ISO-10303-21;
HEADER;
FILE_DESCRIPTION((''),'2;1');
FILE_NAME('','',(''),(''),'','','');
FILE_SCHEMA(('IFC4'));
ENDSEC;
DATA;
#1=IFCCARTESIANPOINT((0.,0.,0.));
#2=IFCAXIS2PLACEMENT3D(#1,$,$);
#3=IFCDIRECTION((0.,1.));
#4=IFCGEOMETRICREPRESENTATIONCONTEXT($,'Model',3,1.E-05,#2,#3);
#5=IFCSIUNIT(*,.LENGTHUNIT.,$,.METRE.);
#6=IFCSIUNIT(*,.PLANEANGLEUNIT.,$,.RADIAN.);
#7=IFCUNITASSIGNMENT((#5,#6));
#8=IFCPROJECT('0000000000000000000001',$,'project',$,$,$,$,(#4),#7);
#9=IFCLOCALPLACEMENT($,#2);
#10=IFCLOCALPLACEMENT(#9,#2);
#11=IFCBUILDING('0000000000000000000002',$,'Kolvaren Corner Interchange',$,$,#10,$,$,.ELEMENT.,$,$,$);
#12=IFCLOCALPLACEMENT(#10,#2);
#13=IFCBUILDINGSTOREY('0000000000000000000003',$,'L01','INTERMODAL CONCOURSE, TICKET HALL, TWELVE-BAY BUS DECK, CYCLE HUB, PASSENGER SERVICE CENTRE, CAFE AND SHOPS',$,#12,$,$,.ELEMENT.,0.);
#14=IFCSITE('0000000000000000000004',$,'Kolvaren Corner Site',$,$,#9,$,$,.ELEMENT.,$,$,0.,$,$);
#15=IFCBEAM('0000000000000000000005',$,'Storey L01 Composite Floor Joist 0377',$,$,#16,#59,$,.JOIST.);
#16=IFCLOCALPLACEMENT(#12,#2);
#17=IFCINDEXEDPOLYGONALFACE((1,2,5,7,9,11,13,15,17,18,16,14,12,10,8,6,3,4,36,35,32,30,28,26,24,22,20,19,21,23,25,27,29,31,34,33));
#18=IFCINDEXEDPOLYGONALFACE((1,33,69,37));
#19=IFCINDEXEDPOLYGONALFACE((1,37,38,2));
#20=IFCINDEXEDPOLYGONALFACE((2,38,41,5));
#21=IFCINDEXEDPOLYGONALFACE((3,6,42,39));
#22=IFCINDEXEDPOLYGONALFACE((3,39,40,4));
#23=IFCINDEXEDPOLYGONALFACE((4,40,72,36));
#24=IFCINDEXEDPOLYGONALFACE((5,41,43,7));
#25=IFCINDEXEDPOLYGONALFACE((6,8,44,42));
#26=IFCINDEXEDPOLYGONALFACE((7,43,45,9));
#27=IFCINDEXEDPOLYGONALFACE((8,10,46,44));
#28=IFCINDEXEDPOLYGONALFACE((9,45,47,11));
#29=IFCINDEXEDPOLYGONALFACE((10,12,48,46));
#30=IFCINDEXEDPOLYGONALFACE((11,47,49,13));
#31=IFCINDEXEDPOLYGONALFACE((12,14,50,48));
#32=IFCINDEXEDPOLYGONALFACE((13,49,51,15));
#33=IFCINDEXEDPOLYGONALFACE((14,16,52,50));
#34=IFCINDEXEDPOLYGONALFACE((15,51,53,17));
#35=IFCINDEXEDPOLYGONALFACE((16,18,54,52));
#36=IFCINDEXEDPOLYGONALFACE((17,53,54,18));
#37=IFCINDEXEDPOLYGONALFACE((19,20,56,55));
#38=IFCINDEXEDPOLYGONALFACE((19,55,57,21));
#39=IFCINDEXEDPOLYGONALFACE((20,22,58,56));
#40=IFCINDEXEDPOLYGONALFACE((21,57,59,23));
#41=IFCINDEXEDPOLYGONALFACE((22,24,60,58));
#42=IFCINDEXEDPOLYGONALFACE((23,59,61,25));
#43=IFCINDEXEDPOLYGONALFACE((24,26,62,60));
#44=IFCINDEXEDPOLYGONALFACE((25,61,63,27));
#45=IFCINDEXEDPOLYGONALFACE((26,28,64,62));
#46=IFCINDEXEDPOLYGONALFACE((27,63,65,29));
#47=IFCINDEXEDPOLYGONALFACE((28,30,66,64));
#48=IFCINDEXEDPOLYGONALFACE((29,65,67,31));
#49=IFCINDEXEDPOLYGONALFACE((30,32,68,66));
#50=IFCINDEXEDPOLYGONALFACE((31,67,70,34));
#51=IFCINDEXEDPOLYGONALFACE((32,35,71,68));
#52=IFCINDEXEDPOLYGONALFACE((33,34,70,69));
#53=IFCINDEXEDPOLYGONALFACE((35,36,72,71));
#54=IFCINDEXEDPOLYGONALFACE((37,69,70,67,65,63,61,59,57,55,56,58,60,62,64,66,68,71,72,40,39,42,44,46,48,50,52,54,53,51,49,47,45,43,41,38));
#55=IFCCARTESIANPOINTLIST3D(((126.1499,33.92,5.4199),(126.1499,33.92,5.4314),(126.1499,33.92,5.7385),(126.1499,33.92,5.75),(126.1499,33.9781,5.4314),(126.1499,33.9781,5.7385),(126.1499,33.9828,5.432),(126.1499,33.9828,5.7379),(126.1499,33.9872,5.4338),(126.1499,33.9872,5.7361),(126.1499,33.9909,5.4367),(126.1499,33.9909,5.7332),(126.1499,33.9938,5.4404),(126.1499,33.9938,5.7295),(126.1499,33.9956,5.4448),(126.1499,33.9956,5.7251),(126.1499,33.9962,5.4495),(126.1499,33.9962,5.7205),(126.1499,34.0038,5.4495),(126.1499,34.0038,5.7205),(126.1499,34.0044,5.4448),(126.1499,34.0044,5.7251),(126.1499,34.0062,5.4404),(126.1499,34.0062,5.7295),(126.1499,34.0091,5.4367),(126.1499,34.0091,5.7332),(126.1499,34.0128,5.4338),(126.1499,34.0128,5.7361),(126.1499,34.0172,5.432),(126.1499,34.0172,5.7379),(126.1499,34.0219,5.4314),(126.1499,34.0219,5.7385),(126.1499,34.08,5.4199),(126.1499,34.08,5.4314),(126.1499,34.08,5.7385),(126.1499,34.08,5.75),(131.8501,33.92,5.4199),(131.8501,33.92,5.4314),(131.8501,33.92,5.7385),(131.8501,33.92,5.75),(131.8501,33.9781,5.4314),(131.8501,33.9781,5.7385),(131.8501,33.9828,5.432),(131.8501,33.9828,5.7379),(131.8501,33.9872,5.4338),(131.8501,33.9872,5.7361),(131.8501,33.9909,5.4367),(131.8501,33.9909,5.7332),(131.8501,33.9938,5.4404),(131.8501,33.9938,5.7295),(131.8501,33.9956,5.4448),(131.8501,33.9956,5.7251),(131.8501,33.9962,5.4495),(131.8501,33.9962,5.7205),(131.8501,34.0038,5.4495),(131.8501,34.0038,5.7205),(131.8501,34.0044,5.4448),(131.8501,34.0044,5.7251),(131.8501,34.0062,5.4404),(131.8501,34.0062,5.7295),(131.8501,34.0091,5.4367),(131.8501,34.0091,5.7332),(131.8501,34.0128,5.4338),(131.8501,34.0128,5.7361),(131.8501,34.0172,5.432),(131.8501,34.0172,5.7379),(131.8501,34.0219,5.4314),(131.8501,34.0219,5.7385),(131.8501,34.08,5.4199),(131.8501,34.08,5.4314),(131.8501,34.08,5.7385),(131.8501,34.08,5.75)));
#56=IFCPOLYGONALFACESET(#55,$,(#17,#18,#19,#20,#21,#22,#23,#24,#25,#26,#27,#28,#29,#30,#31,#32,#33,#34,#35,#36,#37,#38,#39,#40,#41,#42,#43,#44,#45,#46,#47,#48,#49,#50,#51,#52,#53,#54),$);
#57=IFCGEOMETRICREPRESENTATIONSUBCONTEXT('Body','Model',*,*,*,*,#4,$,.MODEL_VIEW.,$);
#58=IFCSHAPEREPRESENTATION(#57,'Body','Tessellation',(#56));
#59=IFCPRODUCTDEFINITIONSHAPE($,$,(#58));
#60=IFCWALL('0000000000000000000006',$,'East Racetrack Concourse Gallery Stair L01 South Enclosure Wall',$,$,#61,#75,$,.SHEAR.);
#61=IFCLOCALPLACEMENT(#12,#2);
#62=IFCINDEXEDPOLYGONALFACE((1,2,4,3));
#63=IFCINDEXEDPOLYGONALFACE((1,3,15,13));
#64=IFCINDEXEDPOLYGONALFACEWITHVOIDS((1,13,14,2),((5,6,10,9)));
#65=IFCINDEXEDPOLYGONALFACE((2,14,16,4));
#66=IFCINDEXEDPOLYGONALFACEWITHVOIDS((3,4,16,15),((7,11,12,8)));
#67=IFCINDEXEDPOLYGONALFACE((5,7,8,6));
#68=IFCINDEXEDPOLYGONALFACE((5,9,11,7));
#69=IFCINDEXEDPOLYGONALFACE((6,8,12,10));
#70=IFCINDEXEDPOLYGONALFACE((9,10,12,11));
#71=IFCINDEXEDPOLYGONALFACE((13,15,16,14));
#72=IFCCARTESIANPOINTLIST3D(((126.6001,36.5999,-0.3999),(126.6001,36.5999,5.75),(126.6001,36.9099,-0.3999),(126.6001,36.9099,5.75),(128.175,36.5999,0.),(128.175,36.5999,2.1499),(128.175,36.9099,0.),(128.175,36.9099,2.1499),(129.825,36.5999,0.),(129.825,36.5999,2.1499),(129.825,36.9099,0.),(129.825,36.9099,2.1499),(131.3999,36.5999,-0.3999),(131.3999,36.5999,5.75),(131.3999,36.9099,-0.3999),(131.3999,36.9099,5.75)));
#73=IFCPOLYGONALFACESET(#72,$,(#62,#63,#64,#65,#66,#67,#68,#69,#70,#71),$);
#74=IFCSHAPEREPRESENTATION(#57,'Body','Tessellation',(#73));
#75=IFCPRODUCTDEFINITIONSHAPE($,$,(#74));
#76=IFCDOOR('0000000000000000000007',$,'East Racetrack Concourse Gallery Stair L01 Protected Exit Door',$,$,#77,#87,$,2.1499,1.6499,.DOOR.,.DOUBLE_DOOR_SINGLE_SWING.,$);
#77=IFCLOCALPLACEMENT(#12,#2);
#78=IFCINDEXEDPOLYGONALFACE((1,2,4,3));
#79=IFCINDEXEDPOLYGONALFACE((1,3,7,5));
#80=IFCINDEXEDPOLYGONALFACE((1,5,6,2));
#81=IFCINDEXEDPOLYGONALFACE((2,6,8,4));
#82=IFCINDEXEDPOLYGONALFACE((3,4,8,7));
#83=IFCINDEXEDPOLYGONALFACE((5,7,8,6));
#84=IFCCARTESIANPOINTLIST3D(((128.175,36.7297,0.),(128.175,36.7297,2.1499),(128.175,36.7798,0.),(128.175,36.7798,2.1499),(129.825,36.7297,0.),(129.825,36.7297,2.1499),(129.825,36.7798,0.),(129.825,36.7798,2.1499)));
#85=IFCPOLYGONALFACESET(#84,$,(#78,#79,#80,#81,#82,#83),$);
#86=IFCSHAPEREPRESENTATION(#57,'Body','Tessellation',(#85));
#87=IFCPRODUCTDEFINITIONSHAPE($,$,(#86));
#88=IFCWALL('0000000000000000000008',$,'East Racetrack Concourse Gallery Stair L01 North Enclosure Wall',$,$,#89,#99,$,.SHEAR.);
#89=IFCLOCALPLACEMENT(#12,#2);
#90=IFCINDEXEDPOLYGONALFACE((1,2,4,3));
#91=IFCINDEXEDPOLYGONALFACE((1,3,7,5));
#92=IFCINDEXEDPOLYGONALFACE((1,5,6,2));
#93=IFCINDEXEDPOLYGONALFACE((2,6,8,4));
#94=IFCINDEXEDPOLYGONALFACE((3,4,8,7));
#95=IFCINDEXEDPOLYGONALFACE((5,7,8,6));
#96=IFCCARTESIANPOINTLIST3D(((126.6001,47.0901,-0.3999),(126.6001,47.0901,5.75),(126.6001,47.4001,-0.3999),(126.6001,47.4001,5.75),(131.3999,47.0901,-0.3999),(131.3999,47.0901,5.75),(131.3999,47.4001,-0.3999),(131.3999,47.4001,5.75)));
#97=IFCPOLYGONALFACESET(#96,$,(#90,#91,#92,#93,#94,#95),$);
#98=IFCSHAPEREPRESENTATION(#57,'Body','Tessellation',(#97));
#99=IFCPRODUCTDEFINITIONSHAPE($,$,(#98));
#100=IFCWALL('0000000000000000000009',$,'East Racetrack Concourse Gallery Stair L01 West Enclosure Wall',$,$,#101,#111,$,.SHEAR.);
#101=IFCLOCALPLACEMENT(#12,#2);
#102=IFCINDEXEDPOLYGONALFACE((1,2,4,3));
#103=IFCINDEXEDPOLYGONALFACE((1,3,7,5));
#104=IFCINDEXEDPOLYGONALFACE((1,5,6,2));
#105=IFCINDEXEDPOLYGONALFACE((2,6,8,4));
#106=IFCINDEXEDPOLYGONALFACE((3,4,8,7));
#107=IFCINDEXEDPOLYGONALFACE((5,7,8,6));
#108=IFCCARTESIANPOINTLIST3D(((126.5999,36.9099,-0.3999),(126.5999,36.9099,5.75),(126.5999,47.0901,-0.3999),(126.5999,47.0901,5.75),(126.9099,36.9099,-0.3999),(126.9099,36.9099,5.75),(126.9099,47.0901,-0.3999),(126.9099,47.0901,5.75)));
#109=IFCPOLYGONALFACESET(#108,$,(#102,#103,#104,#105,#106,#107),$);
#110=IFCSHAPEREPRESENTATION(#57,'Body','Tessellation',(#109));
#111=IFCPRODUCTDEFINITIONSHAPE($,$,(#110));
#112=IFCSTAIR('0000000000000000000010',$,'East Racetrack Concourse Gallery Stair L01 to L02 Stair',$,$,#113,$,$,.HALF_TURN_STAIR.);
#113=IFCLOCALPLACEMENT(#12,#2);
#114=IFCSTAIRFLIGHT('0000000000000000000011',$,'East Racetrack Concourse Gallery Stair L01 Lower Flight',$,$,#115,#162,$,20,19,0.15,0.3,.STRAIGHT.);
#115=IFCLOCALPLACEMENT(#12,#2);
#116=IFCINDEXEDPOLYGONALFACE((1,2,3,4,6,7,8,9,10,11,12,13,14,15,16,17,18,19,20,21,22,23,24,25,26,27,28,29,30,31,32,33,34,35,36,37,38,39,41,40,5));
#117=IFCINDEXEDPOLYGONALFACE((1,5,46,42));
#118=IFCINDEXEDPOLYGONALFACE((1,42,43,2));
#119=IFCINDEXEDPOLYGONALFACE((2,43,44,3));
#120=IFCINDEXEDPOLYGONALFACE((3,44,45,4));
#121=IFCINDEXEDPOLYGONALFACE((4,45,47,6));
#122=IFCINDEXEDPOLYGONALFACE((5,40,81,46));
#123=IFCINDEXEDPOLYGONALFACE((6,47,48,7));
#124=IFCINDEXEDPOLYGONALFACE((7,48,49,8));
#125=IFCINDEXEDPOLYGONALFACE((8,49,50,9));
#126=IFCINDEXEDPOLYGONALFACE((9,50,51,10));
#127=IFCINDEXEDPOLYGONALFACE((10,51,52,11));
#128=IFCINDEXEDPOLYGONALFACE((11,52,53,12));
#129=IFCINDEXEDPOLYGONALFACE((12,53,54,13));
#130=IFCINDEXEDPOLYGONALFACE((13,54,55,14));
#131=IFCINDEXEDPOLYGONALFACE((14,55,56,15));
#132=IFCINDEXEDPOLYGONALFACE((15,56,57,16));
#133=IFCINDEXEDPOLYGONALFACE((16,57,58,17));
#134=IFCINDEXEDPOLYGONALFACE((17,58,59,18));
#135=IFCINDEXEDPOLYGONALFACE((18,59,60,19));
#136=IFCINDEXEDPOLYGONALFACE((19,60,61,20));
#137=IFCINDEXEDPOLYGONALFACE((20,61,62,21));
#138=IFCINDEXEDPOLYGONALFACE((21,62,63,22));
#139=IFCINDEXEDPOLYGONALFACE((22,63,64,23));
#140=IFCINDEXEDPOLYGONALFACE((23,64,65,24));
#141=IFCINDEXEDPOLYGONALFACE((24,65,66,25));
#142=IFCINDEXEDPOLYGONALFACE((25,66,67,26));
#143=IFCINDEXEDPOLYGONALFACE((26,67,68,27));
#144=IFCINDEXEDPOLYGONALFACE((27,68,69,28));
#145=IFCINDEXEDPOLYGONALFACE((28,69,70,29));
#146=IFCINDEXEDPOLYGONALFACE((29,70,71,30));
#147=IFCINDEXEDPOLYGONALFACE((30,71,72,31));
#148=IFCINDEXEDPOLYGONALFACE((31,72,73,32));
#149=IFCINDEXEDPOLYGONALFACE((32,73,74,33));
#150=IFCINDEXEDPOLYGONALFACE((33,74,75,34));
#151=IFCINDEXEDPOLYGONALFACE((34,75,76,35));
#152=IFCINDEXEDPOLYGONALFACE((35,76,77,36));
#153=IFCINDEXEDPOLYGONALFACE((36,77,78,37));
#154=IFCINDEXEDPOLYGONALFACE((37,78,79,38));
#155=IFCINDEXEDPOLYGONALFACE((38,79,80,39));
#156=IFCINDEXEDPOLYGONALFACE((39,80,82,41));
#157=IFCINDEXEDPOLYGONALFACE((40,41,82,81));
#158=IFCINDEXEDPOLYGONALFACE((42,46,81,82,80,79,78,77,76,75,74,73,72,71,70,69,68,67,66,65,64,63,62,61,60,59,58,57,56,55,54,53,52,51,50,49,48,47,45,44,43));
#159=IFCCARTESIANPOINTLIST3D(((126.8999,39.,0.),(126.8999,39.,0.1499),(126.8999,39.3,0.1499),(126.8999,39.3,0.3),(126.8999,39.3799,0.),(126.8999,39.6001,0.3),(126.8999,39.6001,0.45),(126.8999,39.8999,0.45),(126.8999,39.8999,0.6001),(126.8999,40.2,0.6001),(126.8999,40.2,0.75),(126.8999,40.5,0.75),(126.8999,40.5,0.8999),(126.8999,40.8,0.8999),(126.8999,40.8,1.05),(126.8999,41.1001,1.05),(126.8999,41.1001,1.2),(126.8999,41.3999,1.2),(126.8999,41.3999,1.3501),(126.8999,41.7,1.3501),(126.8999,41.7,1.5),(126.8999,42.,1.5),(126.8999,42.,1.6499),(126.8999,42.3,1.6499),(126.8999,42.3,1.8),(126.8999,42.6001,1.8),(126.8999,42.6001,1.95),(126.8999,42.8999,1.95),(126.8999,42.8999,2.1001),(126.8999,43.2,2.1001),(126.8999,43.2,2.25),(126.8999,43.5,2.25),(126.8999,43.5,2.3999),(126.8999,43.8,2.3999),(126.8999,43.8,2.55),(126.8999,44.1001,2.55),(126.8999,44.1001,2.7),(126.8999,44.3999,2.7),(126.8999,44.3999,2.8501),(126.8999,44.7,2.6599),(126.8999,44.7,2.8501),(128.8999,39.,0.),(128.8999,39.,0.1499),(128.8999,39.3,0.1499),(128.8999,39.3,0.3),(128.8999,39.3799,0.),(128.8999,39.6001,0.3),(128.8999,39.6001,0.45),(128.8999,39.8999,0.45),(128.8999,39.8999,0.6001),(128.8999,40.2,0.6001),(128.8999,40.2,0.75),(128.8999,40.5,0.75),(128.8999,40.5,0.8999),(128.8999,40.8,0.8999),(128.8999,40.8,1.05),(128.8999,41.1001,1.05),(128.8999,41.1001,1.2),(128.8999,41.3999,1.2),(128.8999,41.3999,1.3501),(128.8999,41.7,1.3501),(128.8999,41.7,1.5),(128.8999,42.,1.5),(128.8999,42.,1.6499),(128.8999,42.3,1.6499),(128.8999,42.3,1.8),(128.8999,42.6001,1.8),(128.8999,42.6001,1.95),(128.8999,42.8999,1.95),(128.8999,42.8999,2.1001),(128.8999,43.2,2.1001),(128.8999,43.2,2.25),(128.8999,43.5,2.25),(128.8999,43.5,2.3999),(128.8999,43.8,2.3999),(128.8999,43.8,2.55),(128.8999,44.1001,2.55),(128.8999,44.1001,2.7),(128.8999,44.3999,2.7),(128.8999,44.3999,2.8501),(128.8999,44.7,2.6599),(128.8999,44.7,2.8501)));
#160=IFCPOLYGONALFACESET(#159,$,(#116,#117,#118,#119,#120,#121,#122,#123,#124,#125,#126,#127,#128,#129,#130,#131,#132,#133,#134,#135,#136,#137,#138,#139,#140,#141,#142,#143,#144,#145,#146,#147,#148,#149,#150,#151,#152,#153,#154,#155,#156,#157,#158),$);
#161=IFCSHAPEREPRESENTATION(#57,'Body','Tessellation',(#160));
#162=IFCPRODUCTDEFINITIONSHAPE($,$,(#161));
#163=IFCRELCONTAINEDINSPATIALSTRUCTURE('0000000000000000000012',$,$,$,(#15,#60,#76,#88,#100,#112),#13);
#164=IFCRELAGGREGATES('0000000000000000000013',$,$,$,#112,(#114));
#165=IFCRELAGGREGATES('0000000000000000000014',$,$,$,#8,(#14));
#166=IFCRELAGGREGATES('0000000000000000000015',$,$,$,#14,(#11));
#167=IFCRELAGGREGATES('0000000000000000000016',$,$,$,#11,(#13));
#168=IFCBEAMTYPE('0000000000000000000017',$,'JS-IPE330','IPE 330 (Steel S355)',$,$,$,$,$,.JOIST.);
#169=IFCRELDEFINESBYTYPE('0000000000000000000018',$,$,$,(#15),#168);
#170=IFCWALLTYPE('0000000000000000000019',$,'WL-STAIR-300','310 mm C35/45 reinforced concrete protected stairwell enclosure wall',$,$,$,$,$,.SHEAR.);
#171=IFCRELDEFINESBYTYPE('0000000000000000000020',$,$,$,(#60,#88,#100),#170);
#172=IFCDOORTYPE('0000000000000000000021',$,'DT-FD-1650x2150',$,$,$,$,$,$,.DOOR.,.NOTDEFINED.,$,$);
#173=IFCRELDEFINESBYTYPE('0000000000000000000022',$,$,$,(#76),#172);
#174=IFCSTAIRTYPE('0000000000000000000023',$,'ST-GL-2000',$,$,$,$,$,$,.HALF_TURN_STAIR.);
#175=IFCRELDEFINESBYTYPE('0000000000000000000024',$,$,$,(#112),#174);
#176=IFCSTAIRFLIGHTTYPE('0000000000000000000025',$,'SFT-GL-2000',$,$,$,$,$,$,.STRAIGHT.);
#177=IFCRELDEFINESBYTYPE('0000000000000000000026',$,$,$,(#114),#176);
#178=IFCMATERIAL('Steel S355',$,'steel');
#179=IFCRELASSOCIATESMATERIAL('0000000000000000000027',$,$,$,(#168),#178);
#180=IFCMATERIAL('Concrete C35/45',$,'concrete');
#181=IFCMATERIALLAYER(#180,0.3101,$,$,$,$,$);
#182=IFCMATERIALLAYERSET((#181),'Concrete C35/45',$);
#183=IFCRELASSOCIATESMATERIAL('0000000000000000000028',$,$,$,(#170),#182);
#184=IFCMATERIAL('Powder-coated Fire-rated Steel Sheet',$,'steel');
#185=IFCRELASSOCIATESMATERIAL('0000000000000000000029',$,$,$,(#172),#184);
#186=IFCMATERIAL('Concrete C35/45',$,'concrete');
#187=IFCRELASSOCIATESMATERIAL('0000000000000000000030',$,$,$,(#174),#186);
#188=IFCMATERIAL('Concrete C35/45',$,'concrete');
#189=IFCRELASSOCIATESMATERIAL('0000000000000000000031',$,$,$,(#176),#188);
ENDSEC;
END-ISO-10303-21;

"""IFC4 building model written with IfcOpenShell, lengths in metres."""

from ifc_helpers import new_model, si_unit, direction, frame, frame_2d, origin, origin_2d, place, context, subcontext, project, spatial, polyline, rectangle, i_section, outline, extrude, material, layer, layer_set, material_profile, profile_set, type_object, element, fill, aggregate, save


model = new_model("IFC4")

# Units and contexts
model_context = context("Model", 3, precision=1e-05, world=origin(), true_north=direction((0.0, 1.0)))
body_context = subcontext(model_context, "Body", "Model", "MODEL_VIEW")
ifc_project = project(units=[si_unit("LENGTHUNIT", "METRE"), si_unit("PLANEANGLEUNIT", "RADIAN")], contexts=[model_context])

# Site, building, storey
site_placement = place(None, origin())
site = spatial("IfcSite", under=ifc_project, at=site_placement, Name="Kolvaren Corner Site", CompositionType="ELEMENT", RefElevation=0.0)
building_placement = place(site_placement, origin())
building = spatial("IfcBuilding", under=site, at=building_placement, Name="Kolvaren Corner Interchange", CompositionType="ELEMENT")
storey_placement = place(building_placement, origin())
storey = spatial("IfcBuildingStorey", under=building, at=storey_placement, Name="L01", Description="INTERMODAL CONCOURSE, TICKET HALL, TWELVE-BAY BUS DECK, CYCLE HUB, PASSENGER SERVICE CENTRE, CAFE AND SHOPS", CompositionType="ELEMENT", Elevation=0.0)

# Beam
ifc_material_1 = material(Name="Steel S355", Category="steel")
ifc_material_profile_1 = material_profile(ifc_material_1, i_section(OverallWidth=0.1599, OverallDepth=0.3301, WebThickness=0.0076, FlangeThickness=0.0115, FilletRadius=0.0181, at=origin_2d()), Name="IPE 330")
ifc_profile_set_1 = profile_set([ifc_material_profile_1], Name="Steel S355")
beam_type_1 = type_object("IfcBeamType", Name="JS-IPE330", Description="IPE 330 (Steel S355)", PredefinedType="JOIST", material=ifc_profile_set_1)
for number, where, z_axis, x_axis, name in (
    (1, (126.1499, 34.0, 5.585), (1.0, 0.0, 0.0), (0.0, 1.0, 0.0), "Storey L01 Composite Floor Joist 0377"),
):
    element("IfcBeam", number, at=place(storey_placement, frame(where, z_axis=z_axis, x_axis=x_axis)), inside=storey, type_object=beam_type_1, Name=name, PredefinedType="JOIST", context=body_context, shape_type="SweptSolid", body=[
        extrude(i_section(OverallWidth=0.1599, OverallDepth=0.3301, WebThickness=0.0076, FlangeThickness=0.0115, FilletRadius=0.0181, at=origin_2d()), origin(), (0.0, 0.0, 1.0), 5.7002),
    ])

# Wall, opening, door
ifc_material_2 = material(Name="Concrete C35/45", Category="concrete")
ifc_layer = layer(ifc_material_2, 0.3101)
ifc_layer_set = layer_set([ifc_layer], Name="Concrete C35/45")
wall_type = type_object("IfcWallType", Name="WL-STAIR-300", Description="310 mm C35/45 reinforced concrete protected stairwell enclosure wall", PredefinedType="SHEAR", material=ifc_layer_set)
wall_1_placement = place(storey_placement, frame((126.6001, 36.7549, -0.3999), z_axis=(0.0, 0.0, 1.0), x_axis=(1.0, 0.0, 0.0)))
wall_1 = element("IfcWall", 2, at=wall_1_placement, inside=storey, type_object=wall_type, Name="East Racetrack Concourse Gallery Stair L01 South Enclosure Wall", PredefinedType="SHEAR", context=body_context, shape_type="SweptSolid", body=[
    extrude(rectangle(XDim=4.7998, YDim=0.3101, at=frame_2d((2.3999, 0.0))), origin(), (0.0, 0.0, 1.0), 6.1499),
])
opening_placement = place(wall_1_placement, frame((1.575, 0.0, 0.3999)))
opening = element("IfcOpeningElement", 3, at=opening_placement, cuts=wall_1, PredefinedType="OPENING", context=body_context, shape_type="SweptSolid", body=[
    extrude(rectangle(XDim=1.6499, YDim=2.1499, at=frame_2d((0.825, 1.075))), frame((0.0, 0.165, 0.0), z_axis=(0.0, -1.0, 0.0), x_axis=(1.0, 0.0, 0.0)), (0.0, 0.0, 1.0), 0.3301),
])
ifc_material_3 = material(Name="Powder-coated Fire-rated Steel Sheet", Category="steel")
door_type = type_object("IfcDoorType", Name="DT-FD-1650x2150", OperationType="NOTDEFINED", PredefinedType="DOOR", material=ifc_material_3)
door_placement = place(opening_placement, origin())
door = element("IfcDoor", 4, at=door_placement, inside=storey, type_object=door_type, Name="East Racetrack Concourse Gallery Stair L01 Protected Exit Door", OperationType="DOUBLE_DOOR_SINGLE_SWING", OverallHeight=2.1499, OverallWidth=1.6499, PredefinedType="DOOR", context=body_context, shape_type="SweptSolid", body=[
    extrude(rectangle(XDim=1.6499, YDim=2.1499, at=frame_2d((0.825, 1.075))), frame((0.0, 0.0249, 0.0), z_axis=(0.0, -1.0, 0.0), x_axis=(1.0, 0.0, 0.0)), (0.0, 0.0, 1.0), 0.05),
])
fill(opening, door)

# Walls
wall_2_placement = place(storey_placement, frame((126.6001, 47.2451, -0.3999), z_axis=(0.0, 0.0, 1.0), x_axis=(1.0, 0.0, 0.0)))
element("IfcWall", 5, at=wall_2_placement, inside=storey, type_object=wall_type, Name="East Racetrack Concourse Gallery Stair L01 North Enclosure Wall", PredefinedType="SHEAR", context=body_context, shape_type="SweptSolid", body=[
    extrude(rectangle(XDim=4.7998, YDim=0.3101, at=frame_2d((2.3999, 0.0))), origin(), (0.0, 0.0, 1.0), 6.1499),
])
wall_3_placement = place(storey_placement, frame((126.7549, 36.9099, -0.3999), z_axis=(0.0, 0.0, 1.0), x_axis=(0.0, 1.0, 0.0)))
element("IfcWall", 6, at=wall_3_placement, inside=storey, type_object=wall_type, Name="East Racetrack Concourse Gallery Stair L01 West Enclosure Wall", PredefinedType="SHEAR", context=body_context, shape_type="SweptSolid", body=[
    extrude(rectangle(XDim=10.1802, YDim=0.3101, at=frame_2d((5.0901, 0.0))), origin(), (0.0, 0.0, 1.0), 6.1499),
])

# Stair, stair flight
ifc_material_4 = material(Name="Concrete C35/45", Category="concrete")
stair_type = type_object("IfcStairType", Name="ST-GL-2000", PredefinedType="HALF_TURN_STAIR", material=ifc_material_4)
stair_placement = place(storey_placement, origin())
stair = element("IfcStair", 7, at=stair_placement, inside=storey, type_object=stair_type, Name="East Racetrack Concourse Gallery Stair L01 to L02 Stair", PredefinedType="HALF_TURN_STAIR")
ifc_material_5 = material(Name="Concrete C35/45", Category="concrete")
stair_flight_type = type_object("IfcStairFlightType", Name="SFT-GL-2000", PredefinedType="STRAIGHT", material=ifc_material_5)
stair_flight_placement = place(storey_placement, frame((127.8999, 39.0, 0.0), z_axis=(0.0, 0.0, 1.0), x_axis=(0.0, 1.0, 0.0)))
stair_flight = element("IfcStairFlight", 8, at=stair_flight_placement, type_object=stair_flight_type, Name="East Racetrack Concourse Gallery Stair L01 Lower Flight", NumberOfRisers=20, NumberOfTreads=19, PredefinedType="STRAIGHT", RiserHeight=0.15, TreadLength=0.3, context=body_context, shape_type="SweptSolid", body=[
    extrude(outline(polyline([(0.0, 0.0), (0.0, 0.1499), (0.3, 0.1499), (0.3, 0.3), (0.6001, 0.3), (0.6001, 0.45), (0.8999, 0.45), (0.8999, 0.6001), (1.2, 0.6001), (1.2, 0.75), (1.5, 0.75), (1.5, 0.8999), (1.8, 0.8999), (1.8, 1.05), (2.1001, 1.05), (2.1001, 1.2), (2.3999, 1.2), (2.3999, 1.3501), (2.7, 1.3501), (2.7, 1.5), (3.0, 1.5), (3.0, 1.6499), (3.3, 1.6499), (3.3, 1.8), (3.6001, 1.8), (3.6001, 1.95), (3.8999, 1.95), (3.8999, 2.1001), (4.2, 2.1001), (4.2, 2.25), (4.5, 2.25), (4.5, 2.3999), (4.8, 2.3999), (4.8, 2.55), (5.1001, 2.55), (5.1001, 2.7), (5.3999, 2.7), (5.3999, 2.8501), (5.7, 2.8501), (5.7, 3.0), (5.7, 2.6599), (0.3799, 0.0), (0.0, 0.0)])), frame((0.0, 1.0, 0.0), z_axis=(0.0, -1.0, 0.0), x_axis=(1.0, 0.0, 0.0)), (0.0, 0.0, 1.0), 2.0),
])
aggregate(stair, [stair_flight])

save(model, "model.ifc")
